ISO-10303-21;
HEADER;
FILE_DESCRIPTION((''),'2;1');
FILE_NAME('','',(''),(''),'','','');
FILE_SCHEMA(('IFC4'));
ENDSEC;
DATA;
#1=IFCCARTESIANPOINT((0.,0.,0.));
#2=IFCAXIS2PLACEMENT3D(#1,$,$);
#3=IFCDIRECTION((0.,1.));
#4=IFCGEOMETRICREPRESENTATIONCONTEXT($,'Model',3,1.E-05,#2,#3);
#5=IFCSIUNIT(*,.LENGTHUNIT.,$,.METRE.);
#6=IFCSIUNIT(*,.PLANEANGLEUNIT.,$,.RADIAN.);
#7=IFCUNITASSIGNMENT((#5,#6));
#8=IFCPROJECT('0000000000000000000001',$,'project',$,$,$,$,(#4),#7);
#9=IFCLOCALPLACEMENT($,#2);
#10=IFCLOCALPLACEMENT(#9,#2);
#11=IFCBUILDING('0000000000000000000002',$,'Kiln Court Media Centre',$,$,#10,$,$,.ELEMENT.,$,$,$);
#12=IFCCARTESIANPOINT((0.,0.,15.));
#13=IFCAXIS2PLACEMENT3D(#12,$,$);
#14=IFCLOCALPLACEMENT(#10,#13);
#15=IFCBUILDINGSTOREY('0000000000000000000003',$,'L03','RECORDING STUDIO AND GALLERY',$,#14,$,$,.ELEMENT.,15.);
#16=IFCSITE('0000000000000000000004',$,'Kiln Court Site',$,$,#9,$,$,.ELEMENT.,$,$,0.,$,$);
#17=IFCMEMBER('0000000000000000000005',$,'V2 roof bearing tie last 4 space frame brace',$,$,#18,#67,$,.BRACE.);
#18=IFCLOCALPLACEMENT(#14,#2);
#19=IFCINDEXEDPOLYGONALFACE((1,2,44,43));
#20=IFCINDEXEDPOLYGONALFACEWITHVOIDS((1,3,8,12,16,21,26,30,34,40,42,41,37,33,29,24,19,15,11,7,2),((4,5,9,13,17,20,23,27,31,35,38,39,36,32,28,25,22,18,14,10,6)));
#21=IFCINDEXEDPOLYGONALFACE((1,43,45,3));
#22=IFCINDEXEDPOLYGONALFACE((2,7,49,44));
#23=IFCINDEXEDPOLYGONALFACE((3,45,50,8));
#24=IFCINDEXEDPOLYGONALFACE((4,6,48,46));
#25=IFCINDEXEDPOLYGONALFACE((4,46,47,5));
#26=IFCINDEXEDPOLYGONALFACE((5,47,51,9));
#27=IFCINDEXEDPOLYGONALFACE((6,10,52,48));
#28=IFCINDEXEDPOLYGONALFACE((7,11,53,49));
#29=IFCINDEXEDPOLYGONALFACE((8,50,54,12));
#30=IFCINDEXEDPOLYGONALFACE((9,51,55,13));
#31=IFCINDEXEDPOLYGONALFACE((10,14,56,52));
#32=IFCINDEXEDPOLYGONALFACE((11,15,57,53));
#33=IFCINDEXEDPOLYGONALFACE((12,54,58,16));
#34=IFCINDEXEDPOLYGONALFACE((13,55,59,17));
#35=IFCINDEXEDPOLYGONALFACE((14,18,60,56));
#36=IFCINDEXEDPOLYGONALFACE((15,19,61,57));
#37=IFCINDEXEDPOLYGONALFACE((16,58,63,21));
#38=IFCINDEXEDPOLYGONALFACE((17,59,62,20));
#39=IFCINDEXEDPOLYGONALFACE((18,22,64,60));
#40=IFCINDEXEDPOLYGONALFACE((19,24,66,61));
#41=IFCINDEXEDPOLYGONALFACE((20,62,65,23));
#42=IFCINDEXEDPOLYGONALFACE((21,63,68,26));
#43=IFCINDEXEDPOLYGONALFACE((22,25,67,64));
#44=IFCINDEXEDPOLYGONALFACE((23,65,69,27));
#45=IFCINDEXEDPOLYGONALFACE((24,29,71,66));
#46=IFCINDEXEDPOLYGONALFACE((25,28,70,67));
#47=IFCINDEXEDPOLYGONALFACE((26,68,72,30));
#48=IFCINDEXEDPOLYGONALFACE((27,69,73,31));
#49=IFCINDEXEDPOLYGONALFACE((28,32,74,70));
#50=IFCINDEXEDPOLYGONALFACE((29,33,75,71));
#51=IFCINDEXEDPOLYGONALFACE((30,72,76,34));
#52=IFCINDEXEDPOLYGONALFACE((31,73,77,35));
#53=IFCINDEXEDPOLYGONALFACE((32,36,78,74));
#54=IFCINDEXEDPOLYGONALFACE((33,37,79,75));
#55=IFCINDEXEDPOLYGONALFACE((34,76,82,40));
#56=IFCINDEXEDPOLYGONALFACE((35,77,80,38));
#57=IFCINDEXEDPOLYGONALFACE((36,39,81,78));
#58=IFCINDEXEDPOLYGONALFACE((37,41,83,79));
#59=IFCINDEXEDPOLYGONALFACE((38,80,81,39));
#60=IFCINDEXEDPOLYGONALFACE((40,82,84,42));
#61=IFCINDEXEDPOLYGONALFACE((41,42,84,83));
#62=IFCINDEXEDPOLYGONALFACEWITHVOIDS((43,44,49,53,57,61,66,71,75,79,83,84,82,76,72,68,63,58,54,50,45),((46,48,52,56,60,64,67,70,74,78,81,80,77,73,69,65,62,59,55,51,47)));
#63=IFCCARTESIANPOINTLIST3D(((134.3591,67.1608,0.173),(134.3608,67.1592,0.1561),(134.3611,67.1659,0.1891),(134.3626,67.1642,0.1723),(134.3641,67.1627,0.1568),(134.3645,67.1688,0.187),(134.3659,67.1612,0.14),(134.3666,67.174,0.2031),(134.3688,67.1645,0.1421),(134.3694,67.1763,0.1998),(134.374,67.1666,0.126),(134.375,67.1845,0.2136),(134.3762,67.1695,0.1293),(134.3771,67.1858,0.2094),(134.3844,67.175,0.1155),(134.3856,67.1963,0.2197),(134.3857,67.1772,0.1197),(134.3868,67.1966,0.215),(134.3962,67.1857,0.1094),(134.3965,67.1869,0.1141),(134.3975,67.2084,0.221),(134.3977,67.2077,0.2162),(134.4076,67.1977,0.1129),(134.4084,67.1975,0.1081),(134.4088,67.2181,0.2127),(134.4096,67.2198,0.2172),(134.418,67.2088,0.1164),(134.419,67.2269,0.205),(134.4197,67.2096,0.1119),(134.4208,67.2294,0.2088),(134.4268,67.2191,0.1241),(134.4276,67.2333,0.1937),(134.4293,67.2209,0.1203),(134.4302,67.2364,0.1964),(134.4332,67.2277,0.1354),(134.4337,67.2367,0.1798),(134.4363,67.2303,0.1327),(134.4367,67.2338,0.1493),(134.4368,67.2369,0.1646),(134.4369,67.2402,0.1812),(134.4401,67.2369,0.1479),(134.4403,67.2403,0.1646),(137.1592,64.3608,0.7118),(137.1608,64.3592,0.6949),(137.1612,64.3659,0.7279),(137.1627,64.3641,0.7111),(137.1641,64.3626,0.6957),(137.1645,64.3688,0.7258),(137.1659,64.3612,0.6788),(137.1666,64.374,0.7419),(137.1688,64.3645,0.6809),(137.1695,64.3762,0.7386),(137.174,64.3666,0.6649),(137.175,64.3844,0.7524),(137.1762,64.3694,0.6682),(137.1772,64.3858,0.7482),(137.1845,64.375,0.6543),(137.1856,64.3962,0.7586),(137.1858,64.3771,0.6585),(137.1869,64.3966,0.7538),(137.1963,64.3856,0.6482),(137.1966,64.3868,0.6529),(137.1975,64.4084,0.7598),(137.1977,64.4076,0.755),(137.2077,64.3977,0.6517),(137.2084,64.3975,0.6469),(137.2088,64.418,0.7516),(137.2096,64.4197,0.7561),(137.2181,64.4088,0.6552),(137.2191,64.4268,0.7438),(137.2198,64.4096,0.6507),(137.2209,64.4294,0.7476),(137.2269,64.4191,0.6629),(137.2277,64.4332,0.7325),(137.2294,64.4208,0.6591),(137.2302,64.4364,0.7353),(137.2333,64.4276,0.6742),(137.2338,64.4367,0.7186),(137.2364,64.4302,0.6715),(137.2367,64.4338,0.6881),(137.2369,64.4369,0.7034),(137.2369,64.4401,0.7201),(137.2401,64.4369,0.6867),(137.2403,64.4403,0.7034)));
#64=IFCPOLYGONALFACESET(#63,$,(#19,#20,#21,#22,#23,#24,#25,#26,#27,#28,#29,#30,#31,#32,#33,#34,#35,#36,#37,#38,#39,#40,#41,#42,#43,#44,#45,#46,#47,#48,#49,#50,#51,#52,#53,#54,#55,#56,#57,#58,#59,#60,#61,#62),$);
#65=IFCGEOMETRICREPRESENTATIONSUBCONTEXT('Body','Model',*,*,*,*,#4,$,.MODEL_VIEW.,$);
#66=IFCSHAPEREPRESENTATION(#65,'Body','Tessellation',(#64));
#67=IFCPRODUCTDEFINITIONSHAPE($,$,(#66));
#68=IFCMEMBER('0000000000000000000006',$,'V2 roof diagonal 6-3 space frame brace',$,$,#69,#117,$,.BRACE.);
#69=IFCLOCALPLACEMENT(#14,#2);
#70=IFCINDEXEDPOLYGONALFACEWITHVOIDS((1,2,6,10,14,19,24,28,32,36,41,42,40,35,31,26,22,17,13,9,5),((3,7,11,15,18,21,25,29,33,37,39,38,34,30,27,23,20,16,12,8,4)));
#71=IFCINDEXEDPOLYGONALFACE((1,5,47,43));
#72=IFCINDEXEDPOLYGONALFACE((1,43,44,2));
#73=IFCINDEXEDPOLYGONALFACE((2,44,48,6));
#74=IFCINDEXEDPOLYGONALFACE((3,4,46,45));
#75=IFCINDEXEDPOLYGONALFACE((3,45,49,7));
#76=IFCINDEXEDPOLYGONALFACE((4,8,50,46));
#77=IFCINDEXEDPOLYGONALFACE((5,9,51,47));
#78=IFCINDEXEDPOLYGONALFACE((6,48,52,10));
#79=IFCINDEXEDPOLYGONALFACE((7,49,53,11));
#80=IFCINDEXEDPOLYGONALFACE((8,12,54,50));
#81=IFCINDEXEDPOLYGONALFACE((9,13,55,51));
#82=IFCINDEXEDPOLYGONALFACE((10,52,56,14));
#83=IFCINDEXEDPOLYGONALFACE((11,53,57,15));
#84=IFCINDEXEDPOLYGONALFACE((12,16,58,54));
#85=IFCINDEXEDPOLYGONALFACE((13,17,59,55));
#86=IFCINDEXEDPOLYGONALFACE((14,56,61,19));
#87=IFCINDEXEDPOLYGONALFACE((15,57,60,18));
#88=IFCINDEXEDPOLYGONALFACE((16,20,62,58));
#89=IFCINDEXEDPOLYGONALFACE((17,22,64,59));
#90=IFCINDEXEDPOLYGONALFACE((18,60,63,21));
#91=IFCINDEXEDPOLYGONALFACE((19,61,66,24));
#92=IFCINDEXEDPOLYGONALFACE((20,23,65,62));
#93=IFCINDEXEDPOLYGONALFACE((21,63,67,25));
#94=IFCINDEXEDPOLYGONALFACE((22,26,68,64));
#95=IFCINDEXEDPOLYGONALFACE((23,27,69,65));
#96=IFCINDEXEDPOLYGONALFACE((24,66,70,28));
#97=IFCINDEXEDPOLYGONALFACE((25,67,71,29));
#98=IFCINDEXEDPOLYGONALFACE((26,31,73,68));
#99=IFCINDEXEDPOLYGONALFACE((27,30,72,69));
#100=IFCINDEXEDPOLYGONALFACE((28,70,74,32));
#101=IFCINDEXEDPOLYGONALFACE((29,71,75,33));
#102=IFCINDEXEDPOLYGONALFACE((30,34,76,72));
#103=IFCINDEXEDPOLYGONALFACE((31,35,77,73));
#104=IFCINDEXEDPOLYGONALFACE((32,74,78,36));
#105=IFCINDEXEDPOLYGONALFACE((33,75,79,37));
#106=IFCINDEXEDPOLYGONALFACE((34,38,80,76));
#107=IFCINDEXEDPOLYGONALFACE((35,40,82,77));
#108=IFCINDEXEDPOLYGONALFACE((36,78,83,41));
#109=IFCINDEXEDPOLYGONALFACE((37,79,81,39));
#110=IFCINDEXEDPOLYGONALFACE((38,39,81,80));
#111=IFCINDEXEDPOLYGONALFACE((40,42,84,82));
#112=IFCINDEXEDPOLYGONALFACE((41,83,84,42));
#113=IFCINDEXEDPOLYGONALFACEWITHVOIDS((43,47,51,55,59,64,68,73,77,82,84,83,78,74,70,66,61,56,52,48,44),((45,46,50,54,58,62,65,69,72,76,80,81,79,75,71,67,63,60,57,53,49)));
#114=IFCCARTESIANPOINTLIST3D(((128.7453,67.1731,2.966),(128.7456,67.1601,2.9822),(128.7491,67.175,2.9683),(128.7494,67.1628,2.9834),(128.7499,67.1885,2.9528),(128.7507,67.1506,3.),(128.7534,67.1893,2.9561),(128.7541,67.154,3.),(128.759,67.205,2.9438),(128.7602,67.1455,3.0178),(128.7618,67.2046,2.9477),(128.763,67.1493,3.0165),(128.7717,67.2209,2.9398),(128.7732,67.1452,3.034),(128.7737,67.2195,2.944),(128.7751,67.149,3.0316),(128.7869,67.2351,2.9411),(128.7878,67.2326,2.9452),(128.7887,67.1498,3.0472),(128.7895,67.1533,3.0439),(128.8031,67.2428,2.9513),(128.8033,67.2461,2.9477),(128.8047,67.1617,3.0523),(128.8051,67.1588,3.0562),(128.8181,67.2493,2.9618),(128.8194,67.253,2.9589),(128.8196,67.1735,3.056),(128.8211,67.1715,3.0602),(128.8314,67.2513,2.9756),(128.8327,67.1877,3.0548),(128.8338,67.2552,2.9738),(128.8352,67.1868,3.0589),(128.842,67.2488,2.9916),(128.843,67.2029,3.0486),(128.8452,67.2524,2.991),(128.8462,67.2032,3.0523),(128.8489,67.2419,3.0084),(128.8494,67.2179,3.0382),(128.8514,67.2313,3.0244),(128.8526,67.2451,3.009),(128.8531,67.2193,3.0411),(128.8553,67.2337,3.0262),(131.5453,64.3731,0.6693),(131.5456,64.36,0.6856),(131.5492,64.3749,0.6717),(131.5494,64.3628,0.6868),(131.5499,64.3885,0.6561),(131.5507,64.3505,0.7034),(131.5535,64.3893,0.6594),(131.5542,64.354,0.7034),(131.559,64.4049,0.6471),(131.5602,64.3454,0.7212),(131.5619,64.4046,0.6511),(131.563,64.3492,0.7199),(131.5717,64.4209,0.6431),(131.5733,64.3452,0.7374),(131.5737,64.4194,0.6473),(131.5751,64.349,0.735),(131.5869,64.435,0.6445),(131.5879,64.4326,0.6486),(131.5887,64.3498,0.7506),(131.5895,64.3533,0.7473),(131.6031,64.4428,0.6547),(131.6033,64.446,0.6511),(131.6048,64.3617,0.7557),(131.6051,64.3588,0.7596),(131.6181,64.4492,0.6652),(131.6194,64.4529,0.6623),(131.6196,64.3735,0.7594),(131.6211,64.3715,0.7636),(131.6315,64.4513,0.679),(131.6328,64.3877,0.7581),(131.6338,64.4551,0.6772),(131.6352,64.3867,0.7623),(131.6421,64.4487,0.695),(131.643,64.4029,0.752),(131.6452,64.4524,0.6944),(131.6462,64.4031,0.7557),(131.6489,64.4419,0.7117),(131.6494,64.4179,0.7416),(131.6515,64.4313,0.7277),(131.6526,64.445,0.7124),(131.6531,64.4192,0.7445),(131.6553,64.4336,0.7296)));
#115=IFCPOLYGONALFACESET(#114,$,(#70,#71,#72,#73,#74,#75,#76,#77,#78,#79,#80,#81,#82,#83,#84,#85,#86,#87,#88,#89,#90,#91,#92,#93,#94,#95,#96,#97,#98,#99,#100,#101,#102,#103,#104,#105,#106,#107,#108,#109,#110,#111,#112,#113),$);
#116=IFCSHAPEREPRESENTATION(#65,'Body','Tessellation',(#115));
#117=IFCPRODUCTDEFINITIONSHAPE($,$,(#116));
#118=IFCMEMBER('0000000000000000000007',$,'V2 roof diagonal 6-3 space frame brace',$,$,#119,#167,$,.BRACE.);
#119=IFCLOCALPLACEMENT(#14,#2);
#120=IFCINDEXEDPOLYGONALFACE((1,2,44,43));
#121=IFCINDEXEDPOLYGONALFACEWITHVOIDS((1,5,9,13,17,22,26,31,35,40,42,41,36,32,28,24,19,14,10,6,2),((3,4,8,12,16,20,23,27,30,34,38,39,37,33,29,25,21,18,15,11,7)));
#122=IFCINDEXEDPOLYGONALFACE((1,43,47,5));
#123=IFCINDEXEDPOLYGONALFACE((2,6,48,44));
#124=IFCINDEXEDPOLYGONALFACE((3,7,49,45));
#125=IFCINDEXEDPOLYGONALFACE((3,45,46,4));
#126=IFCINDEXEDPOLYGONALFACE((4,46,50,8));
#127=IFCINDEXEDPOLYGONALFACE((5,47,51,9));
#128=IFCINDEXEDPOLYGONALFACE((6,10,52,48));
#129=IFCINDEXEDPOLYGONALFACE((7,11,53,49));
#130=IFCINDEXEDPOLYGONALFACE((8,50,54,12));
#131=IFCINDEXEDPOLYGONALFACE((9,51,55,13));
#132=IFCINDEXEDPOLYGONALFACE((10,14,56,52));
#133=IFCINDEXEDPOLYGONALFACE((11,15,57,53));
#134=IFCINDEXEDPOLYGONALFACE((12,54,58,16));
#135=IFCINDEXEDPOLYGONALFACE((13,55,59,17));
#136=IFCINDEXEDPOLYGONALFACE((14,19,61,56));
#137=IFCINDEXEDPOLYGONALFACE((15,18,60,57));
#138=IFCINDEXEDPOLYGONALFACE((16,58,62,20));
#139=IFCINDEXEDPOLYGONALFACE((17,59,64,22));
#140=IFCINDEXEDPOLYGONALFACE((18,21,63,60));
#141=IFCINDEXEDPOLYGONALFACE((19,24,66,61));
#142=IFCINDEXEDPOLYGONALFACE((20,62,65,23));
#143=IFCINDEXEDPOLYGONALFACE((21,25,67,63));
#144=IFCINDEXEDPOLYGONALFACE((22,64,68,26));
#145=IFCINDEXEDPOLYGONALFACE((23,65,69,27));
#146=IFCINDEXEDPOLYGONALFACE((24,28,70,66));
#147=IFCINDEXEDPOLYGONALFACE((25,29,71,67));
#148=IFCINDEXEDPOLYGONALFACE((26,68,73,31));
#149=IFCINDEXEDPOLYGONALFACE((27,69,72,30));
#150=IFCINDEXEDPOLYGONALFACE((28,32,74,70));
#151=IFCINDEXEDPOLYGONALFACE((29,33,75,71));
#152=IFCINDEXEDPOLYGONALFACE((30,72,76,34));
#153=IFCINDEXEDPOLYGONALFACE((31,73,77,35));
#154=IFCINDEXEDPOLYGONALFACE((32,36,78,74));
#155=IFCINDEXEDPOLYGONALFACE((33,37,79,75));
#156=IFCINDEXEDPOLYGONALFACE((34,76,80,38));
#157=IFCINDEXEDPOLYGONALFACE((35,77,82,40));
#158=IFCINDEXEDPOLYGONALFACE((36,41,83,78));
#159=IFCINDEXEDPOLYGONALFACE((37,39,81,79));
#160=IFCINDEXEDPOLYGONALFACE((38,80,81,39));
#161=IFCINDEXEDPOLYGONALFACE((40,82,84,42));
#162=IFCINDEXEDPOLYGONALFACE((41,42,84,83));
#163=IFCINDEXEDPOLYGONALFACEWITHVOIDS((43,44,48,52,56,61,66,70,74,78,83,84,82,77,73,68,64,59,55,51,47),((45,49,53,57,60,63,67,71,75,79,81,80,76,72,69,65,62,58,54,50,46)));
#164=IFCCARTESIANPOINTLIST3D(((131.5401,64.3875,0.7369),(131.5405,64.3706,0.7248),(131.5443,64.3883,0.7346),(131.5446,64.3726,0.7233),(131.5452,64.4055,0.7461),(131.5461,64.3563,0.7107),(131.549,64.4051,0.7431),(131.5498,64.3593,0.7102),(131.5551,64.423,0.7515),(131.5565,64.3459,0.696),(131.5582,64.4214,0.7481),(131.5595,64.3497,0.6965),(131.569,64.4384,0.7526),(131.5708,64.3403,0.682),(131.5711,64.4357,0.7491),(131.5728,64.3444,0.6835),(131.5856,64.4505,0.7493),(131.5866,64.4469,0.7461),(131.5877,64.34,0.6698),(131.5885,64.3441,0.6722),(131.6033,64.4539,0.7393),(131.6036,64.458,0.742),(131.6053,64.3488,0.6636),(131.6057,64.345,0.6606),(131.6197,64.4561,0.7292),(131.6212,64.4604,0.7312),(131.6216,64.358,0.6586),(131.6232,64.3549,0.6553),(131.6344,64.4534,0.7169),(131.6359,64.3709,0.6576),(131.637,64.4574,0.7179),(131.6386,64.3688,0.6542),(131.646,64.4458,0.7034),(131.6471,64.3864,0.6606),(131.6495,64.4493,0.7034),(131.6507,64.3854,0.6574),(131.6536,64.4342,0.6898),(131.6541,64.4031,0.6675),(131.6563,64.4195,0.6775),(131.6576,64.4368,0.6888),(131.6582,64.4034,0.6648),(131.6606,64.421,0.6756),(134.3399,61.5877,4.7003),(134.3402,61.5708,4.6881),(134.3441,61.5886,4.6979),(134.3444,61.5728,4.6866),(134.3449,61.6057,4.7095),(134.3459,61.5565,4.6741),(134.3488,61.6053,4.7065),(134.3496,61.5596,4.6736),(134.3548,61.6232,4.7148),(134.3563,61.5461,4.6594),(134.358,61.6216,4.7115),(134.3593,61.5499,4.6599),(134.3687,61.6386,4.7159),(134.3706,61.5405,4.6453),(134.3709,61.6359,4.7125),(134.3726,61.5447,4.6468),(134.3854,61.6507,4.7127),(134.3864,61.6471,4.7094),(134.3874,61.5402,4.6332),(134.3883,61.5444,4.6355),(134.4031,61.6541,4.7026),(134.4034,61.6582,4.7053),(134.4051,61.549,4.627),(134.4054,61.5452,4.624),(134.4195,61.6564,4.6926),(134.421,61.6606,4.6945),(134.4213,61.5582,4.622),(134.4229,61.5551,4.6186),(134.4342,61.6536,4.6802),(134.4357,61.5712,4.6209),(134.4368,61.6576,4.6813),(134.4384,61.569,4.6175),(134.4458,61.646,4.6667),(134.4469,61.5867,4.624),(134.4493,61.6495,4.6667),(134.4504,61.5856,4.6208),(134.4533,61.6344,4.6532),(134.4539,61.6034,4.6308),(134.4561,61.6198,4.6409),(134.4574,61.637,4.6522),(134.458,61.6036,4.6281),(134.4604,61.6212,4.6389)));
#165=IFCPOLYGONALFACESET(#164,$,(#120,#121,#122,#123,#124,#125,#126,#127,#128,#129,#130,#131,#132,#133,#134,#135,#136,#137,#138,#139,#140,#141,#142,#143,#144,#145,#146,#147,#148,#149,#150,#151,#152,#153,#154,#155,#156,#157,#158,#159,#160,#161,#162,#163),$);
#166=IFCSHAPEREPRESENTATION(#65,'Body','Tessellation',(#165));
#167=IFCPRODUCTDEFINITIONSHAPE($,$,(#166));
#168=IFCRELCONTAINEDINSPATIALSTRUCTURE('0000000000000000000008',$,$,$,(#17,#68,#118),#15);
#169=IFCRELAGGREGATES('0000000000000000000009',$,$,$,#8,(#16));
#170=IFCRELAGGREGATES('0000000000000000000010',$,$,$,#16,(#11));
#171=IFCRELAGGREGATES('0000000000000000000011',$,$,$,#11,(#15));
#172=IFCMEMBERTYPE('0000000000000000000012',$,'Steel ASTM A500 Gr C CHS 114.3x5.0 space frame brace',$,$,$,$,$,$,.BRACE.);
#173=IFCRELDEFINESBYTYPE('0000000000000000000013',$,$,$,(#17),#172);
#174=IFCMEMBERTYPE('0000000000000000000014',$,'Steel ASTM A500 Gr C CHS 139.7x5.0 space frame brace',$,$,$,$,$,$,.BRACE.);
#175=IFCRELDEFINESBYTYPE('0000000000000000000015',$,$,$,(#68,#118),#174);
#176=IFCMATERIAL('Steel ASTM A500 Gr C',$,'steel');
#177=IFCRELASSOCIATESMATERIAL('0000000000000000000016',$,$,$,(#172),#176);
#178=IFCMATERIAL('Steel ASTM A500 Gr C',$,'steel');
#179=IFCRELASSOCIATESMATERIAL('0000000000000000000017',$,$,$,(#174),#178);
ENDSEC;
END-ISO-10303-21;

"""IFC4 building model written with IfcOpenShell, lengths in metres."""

from ifc_helpers import new_model, si_unit, direction, frame, origin, origin_2d, place, context, subcontext, project, spatial, hollow_circle, extrude, material, material_profile, profile_set, type_object, element, save


model = new_model("IFC4")

# Units and contexts
model_context = context("Model", 3, precision=1e-05, world=origin(), true_north=direction((0.0, 1.0)))
body_context = subcontext(model_context, "Body", "Model", "MODEL_VIEW")
ifc_project = project(units=[si_unit("LENGTHUNIT", "METRE"), si_unit("PLANEANGLEUNIT", "RADIAN")], contexts=[model_context])

# Site, building, storey
site_placement = place(None, origin())
site = spatial("IfcSite", under=ifc_project, at=site_placement, Name="Kiln Court Site", CompositionType="ELEMENT", RefElevation=0.0)
building_placement = place(site_placement, origin())
building = spatial("IfcBuilding", under=site, at=building_placement, Name="Kiln Court Media Centre", CompositionType="ELEMENT")
storey_placement = place(building_placement, frame((0.0, 0.0, 15.0)))
storey = spatial("IfcBuildingStorey", under=building, at=storey_placement, Name="L03", Description="RECORDING STUDIO AND GALLERY", CompositionType="ELEMENT", Elevation=15.0)

# Members
ifc_material_1 = material(Name="Steel ASTM A500 Gr C", Category="steel")
ifc_material_profile_1 = material_profile(ifc_material_1, hollow_circle(Radius=0.0571, WallThickness=0.0049, at=origin_2d()), Name="CHS 114.3x5.0")
ifc_profile_set_1 = profile_set([ifc_material_profile_1], Name="Steel ASTM A500 Gr C")
member_type_1 = type_object("IfcMemberType", Name="Steel ASTM A500 Gr C CHS 114.3x5.0 space frame brace", PredefinedType="BRACE", material=ifc_profile_set_1)
member_1_placement = place(storey_placement, frame((134.3999, 67.2, 0.1646), z_axis=(0.70065, -0.70065, 0.134827), x_axis=(0.707107, 0.707107, 0.0)))
element("IfcMember", 1, at=member_1_placement, inside=storey, type_object=member_type_1, Name="V2 roof bearing tie last 4 space frame brace", PredefinedType="BRACE", context=body_context, shape_type="SweptSolid", body=[
    extrude(hollow_circle(Radius=0.0571, WallThickness=0.0049, at=origin_2d()), origin(), (0.0, 0.0, 1.0), 3.9963),
])
ifc_material_2 = material(Name="Steel ASTM A500 Gr C", Category="steel")
ifc_material_profile_2 = material_profile(ifc_material_2, hollow_circle(Radius=0.0698, WallThickness=0.0049, at=origin_2d()), Name="CHS 139.7x5.0")
ifc_profile_set_2 = profile_set([ifc_material_profile_2], Name="Steel ASTM A500 Gr C")
member_type_2 = type_object("IfcMemberType", Name="Steel ASTM A500 Gr C CHS 139.7x5.0 space frame brace", PredefinedType="BRACE", material=ifc_profile_set_2)
member_2_placement = place(storey_placement, frame((131.6001, 64.3999, 0.7034), z_axis=(-0.611676, 0.611676, 0.501703), x_axis=(-0.707107, -0.707107, 0.0)))
element("IfcMember", 2, at=member_2_placement, inside=storey, type_object=member_type_2, Name="V2 roof diagonal 6-3 space frame brace", PredefinedType="BRACE", context=body_context, shape_type="SweptSolid", body=[
    extrude(hollow_circle(Radius=0.0698, WallThickness=0.0049, at=origin_2d()), origin(), (0.0, 0.0, 1.0), 4.5776),
])
member_3_placement = place(storey_placement, frame((131.6001, 64.3999, 0.7034), z_axis=(0.499757, -0.499757, 0.707451), x_axis=(0.707107, 0.707107, 0.0)))
element("IfcMember", 3, at=member_3_placement, inside=storey, type_object=member_type_2, Name="V2 roof diagonal 6-3 space frame brace", PredefinedType="BRACE", context=body_context, shape_type="SweptSolid", body=[
    extrude(hollow_circle(Radius=0.0698, WallThickness=0.0049, at=origin_2d()), origin(), (0.0, 0.0, 1.0), 5.6023),
])

save(model, "model.ifc")
